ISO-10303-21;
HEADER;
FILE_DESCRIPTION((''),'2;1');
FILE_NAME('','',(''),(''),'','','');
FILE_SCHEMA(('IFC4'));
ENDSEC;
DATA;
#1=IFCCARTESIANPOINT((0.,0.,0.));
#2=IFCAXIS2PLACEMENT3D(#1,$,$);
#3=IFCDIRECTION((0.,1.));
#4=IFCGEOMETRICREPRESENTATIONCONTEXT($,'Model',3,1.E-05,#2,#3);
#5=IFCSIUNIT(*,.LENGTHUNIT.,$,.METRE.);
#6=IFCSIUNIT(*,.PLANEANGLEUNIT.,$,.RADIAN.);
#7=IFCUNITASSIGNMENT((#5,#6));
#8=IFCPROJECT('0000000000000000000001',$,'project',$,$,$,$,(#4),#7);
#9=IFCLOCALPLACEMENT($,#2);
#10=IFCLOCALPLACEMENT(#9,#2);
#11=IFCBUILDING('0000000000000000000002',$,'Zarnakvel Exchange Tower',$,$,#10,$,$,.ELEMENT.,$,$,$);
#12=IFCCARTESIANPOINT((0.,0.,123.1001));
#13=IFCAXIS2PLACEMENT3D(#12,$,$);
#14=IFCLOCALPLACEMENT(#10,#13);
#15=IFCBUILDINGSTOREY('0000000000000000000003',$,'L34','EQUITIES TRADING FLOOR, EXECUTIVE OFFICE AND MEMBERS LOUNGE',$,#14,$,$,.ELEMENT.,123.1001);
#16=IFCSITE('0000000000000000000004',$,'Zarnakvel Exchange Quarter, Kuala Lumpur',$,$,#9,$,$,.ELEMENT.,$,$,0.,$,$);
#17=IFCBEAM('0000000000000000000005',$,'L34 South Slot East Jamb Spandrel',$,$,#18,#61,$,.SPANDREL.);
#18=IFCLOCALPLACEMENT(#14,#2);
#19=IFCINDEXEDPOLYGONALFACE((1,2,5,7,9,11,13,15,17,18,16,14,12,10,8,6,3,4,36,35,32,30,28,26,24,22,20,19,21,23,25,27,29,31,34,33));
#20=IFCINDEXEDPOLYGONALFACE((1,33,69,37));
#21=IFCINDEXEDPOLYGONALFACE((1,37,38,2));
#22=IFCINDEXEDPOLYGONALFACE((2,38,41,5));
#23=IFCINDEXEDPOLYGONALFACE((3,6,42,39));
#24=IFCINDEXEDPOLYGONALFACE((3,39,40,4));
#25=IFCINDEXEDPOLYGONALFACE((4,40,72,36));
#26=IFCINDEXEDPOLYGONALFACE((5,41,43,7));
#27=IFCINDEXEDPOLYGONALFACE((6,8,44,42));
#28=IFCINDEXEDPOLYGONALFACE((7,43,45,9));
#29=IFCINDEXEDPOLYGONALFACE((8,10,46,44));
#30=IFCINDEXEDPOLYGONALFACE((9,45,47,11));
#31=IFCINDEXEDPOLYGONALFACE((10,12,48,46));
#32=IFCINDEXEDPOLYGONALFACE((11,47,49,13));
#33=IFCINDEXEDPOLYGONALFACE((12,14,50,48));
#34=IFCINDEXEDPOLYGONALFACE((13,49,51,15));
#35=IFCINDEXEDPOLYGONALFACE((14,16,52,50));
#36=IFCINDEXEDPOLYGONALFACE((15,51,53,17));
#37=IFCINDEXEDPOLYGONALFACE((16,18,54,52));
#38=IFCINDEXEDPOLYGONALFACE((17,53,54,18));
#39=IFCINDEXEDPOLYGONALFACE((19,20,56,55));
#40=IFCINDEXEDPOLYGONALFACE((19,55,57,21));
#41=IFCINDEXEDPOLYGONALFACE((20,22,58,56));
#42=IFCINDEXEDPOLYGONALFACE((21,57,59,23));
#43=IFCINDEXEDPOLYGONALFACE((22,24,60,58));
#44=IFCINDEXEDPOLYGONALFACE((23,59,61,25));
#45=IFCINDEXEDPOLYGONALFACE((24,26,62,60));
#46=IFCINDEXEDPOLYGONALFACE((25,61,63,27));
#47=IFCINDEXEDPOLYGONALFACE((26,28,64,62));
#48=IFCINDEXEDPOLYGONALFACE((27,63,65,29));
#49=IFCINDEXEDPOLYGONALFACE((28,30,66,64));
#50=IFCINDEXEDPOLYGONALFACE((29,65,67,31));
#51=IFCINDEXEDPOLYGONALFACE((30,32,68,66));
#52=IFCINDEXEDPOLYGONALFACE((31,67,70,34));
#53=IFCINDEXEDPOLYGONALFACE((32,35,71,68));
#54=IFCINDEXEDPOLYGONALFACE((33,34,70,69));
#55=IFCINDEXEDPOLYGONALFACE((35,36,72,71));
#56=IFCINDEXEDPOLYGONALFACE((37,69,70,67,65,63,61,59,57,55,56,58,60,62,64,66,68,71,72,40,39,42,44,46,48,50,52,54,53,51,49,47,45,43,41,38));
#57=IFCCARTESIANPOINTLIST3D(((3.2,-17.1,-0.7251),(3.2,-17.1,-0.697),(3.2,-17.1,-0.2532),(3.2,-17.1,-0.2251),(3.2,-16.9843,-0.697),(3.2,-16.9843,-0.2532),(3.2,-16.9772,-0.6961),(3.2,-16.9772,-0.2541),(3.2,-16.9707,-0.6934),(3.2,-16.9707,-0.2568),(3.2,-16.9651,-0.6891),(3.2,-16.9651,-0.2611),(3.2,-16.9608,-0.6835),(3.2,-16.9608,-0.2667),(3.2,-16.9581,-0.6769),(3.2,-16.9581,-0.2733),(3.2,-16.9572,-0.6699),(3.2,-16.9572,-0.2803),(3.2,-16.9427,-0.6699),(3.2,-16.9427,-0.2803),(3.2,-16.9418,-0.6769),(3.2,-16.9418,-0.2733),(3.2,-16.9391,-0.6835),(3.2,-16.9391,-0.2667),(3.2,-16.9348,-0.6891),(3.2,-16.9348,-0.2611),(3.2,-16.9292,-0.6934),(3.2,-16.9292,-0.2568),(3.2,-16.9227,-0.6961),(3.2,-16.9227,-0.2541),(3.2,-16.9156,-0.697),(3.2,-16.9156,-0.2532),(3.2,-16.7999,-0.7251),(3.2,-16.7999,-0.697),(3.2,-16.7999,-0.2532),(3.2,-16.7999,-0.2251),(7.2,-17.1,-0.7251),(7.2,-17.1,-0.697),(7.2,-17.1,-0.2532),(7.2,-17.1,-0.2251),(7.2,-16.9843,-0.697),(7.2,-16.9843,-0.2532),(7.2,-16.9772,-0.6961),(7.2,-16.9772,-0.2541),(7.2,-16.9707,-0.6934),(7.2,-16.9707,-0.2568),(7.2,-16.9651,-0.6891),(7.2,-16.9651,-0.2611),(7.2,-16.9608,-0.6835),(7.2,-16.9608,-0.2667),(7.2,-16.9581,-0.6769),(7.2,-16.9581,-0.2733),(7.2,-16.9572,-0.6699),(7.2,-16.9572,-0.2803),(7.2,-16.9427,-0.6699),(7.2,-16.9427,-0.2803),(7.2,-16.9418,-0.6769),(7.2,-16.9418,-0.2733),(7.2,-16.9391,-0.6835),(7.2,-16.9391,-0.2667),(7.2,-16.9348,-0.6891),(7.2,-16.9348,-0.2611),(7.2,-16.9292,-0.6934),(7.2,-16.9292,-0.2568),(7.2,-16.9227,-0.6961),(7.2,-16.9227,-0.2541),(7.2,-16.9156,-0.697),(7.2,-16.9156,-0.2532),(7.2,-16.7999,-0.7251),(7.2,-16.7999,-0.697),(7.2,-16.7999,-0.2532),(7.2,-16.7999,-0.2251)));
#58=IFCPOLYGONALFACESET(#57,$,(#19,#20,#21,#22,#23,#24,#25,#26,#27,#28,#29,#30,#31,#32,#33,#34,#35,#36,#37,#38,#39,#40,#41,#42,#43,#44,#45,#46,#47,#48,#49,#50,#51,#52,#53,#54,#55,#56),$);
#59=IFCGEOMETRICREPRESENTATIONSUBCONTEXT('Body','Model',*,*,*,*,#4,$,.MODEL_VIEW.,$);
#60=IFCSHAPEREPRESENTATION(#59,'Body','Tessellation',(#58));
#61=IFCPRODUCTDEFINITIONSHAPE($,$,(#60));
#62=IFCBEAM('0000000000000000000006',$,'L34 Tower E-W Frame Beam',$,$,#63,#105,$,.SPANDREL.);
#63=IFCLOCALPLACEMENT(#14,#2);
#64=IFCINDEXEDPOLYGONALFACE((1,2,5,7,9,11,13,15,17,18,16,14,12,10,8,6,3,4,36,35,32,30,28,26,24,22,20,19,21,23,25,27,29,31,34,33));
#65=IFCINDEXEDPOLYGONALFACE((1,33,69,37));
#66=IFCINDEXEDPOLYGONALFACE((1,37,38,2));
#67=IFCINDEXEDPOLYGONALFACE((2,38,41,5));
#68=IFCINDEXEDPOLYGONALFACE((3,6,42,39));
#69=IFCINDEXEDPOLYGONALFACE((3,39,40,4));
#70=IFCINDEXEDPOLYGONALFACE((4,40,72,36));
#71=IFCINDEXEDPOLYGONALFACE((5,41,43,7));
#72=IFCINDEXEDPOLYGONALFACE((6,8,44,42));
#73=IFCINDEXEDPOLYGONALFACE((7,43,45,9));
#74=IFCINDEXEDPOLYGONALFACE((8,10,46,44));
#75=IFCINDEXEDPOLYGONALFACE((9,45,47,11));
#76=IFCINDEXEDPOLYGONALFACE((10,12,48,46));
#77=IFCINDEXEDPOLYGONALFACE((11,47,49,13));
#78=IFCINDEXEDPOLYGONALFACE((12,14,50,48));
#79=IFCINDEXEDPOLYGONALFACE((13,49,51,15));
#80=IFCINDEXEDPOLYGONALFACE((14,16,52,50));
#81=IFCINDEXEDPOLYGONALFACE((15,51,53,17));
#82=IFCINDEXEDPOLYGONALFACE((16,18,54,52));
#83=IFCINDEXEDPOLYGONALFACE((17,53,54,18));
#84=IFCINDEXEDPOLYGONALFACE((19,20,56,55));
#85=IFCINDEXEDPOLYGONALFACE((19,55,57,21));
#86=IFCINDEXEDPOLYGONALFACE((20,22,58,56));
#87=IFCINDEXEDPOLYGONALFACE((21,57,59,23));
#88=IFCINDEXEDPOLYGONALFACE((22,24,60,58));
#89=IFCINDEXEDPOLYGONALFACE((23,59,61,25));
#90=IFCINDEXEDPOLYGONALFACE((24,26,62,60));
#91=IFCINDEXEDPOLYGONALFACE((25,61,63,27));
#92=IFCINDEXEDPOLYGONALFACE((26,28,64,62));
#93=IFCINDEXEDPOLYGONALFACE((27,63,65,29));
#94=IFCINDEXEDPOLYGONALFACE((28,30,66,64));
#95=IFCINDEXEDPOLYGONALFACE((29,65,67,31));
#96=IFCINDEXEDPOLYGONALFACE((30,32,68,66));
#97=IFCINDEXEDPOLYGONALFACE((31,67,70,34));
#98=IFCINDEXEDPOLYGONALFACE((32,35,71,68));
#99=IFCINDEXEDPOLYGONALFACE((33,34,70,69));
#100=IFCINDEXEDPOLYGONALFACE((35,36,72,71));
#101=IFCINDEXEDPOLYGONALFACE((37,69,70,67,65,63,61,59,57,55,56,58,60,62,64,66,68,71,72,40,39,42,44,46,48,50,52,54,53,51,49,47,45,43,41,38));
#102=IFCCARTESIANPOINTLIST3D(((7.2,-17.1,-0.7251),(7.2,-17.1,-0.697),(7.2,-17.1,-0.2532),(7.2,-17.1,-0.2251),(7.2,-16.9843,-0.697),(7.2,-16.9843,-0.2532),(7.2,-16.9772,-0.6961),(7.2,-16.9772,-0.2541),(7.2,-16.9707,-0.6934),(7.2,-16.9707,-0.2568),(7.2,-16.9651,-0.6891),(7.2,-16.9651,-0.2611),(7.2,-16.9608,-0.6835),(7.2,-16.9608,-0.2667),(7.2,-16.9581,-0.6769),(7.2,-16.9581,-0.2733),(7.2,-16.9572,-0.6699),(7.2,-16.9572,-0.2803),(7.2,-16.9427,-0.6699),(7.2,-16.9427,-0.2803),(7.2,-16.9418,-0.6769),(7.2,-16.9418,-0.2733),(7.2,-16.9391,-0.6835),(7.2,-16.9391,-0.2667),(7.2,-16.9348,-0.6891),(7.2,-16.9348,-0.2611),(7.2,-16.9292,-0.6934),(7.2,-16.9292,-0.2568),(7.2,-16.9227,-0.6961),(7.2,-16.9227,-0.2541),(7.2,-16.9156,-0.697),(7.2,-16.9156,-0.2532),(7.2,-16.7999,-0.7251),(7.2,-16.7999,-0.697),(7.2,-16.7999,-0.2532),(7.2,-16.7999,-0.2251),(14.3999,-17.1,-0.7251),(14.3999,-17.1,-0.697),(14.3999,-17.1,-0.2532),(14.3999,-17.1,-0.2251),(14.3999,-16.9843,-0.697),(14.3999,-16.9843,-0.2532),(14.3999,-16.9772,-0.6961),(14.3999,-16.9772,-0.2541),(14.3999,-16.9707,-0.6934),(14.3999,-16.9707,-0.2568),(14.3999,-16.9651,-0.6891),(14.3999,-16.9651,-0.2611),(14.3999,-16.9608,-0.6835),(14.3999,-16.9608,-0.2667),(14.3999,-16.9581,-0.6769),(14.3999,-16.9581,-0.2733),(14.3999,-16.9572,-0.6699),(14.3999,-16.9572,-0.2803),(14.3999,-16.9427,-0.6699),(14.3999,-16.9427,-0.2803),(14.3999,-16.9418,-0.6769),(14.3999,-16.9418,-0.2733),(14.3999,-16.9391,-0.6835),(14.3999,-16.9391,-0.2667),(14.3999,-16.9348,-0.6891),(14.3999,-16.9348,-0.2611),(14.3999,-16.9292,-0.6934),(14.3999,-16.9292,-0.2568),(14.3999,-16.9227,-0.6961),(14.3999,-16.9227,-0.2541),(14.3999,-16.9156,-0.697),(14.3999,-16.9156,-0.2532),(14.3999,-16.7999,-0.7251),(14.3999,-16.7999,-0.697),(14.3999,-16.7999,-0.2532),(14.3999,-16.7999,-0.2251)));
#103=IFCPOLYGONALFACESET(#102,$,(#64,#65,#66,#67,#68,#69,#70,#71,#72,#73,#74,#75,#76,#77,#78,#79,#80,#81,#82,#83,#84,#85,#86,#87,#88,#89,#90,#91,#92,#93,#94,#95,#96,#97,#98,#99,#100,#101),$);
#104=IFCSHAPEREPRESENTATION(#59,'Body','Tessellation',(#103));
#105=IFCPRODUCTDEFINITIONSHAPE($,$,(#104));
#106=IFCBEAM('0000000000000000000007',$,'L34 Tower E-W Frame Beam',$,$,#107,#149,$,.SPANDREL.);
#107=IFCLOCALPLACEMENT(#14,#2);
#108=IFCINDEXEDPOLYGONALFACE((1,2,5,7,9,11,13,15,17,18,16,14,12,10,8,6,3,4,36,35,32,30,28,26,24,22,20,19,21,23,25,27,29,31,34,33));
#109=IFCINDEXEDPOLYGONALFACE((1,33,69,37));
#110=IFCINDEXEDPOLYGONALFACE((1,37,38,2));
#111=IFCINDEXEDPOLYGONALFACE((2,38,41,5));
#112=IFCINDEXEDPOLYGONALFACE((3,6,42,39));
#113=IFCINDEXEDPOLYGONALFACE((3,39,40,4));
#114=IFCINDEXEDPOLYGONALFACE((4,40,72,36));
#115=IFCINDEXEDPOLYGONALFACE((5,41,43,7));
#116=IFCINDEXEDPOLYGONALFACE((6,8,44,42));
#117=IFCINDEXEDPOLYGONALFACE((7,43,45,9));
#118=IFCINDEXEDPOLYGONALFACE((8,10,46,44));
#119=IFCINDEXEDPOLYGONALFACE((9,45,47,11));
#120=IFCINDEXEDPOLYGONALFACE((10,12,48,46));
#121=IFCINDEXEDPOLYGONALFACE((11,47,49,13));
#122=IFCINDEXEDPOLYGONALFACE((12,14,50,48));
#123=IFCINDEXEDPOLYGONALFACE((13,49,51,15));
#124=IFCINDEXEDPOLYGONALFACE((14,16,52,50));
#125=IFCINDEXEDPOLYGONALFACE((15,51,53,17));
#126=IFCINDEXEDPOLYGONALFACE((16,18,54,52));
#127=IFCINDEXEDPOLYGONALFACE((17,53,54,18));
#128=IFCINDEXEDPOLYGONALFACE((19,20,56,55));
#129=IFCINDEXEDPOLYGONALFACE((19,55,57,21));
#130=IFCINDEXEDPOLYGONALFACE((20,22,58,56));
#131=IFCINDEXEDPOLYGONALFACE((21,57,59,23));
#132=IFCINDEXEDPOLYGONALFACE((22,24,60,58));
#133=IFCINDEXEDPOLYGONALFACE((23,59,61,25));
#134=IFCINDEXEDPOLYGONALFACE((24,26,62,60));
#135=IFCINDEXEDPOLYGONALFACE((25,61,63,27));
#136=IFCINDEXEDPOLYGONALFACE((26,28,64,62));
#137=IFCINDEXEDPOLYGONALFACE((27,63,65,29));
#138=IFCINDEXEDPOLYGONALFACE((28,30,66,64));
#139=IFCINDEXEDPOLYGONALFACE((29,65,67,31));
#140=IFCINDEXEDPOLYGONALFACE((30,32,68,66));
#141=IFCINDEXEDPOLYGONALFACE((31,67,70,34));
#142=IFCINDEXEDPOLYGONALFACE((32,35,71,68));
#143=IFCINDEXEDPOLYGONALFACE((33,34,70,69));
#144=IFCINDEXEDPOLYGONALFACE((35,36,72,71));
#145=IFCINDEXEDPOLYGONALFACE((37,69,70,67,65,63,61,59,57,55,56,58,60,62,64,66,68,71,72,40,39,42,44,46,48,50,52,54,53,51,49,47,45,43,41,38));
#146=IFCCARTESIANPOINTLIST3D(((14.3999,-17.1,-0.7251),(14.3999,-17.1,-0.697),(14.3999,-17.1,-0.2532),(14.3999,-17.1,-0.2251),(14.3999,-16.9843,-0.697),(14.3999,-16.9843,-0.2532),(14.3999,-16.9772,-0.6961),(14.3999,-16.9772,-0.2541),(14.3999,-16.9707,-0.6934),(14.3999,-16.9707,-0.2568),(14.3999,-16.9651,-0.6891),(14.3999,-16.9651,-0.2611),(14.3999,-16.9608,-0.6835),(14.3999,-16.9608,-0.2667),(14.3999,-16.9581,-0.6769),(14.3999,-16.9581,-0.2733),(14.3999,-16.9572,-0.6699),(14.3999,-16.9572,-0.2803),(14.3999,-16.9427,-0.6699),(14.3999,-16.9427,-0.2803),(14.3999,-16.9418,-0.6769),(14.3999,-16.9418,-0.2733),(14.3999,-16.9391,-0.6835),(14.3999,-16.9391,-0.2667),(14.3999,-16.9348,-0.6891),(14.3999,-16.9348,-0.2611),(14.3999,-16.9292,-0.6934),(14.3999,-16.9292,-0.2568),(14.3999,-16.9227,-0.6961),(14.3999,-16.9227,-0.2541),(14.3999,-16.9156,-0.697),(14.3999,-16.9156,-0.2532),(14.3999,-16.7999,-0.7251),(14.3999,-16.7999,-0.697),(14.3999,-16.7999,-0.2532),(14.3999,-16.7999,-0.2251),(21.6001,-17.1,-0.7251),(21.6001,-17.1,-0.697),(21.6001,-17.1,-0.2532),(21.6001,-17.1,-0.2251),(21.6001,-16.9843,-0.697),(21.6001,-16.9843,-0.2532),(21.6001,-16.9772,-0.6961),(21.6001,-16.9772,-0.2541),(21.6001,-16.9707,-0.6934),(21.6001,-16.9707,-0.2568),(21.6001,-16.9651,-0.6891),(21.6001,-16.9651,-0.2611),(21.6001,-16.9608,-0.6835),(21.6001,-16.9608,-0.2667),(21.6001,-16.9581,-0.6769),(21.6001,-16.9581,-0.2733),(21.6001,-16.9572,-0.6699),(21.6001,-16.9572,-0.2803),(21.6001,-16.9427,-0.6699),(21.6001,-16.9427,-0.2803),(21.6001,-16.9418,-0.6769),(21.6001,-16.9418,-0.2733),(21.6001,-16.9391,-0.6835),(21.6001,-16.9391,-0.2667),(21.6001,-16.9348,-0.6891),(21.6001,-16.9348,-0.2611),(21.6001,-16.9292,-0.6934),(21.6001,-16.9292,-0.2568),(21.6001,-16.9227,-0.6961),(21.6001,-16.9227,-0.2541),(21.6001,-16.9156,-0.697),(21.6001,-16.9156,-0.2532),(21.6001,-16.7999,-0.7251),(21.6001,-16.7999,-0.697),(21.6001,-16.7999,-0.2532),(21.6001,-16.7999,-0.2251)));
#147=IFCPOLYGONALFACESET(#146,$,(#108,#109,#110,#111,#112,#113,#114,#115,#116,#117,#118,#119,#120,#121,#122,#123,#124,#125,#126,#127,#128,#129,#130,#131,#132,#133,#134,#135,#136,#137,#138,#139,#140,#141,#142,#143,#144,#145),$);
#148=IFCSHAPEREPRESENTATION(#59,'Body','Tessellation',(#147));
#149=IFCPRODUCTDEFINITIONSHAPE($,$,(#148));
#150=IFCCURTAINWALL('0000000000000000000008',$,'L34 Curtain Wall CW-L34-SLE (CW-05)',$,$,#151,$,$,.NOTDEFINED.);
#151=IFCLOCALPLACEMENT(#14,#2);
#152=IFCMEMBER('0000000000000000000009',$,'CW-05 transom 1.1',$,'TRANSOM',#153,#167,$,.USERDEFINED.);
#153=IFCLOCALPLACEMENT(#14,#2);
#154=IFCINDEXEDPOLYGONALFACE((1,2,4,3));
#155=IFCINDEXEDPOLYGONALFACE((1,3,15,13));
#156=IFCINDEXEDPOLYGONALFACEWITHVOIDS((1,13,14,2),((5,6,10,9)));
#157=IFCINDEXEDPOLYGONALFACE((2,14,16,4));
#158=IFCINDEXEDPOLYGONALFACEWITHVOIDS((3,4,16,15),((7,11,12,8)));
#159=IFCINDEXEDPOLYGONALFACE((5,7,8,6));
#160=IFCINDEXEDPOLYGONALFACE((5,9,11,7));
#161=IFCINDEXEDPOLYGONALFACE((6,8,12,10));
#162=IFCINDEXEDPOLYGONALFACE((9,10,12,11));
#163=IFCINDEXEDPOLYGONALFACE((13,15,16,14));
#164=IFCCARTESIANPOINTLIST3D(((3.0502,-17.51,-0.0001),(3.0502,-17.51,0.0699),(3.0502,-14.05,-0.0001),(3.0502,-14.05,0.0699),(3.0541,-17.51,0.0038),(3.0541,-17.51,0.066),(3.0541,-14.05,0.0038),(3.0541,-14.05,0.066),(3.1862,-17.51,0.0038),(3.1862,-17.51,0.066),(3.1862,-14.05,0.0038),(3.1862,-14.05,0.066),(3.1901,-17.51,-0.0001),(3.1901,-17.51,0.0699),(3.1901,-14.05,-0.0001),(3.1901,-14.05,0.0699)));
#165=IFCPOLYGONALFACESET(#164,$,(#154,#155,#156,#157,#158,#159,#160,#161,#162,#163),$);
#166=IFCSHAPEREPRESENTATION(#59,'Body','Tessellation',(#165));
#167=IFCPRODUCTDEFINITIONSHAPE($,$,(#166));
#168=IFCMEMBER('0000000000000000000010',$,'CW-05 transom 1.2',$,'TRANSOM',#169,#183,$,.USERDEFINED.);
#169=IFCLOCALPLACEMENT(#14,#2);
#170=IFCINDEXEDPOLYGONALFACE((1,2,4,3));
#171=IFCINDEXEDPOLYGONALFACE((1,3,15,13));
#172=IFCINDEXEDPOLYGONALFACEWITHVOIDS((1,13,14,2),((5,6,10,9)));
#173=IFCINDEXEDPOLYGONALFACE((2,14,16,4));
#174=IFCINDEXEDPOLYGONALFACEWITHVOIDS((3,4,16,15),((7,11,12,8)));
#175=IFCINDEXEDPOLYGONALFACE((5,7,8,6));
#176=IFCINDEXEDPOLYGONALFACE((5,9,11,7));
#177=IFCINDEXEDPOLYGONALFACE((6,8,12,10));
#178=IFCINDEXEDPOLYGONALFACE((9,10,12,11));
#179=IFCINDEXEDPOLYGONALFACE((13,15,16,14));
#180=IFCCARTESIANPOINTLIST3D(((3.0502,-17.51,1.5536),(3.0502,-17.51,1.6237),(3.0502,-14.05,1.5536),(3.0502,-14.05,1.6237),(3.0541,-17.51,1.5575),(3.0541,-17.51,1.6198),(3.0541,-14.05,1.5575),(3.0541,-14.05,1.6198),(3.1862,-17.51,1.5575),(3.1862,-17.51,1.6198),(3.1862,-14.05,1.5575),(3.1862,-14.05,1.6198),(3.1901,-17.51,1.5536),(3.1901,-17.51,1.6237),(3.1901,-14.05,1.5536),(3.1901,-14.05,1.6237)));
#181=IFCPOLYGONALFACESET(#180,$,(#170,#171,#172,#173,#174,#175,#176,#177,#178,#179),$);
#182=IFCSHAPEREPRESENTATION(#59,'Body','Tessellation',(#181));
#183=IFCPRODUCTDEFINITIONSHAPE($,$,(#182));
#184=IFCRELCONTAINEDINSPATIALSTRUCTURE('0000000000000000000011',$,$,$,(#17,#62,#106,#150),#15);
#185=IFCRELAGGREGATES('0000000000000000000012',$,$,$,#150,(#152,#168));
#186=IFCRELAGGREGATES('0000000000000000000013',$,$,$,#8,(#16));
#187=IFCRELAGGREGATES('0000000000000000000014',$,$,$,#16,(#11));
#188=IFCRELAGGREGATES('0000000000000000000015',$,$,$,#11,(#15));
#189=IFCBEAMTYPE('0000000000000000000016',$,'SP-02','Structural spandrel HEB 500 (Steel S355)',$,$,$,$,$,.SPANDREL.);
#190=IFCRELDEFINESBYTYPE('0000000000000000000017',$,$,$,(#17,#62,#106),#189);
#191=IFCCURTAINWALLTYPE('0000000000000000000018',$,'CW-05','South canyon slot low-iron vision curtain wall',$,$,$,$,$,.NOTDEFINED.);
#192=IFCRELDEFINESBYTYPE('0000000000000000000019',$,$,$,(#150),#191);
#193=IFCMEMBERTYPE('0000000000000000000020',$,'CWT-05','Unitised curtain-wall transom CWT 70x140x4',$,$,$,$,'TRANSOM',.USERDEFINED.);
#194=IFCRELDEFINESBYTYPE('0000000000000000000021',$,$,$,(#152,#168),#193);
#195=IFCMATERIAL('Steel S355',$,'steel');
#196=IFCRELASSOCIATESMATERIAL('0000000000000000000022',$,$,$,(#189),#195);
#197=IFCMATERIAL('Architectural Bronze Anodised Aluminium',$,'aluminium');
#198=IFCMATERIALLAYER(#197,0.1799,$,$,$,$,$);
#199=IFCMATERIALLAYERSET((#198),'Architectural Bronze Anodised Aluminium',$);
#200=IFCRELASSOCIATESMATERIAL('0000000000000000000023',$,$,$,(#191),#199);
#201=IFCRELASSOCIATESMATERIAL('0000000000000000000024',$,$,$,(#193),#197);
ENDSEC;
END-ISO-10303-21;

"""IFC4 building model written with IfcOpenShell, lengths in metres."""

from ifc_helpers import new_model, si_unit, direction, frame, origin, origin_2d, place, context, subcontext, project, spatial, hollow_rectangle, i_section, extrude, source, transform, mapped, material, layer, layer_set, material_profile, profile_set, type_object, element, aggregate, save


model = new_model("IFC4")

# Units and contexts
model_context = context("Model", 3, precision=1e-05, world=origin(), true_north=direction((0.0, 1.0)))
body_context = subcontext(model_context, "Body", "Model", "MODEL_VIEW")
ifc_project = project(units=[si_unit("LENGTHUNIT", "METRE"), si_unit("PLANEANGLEUNIT", "RADIAN")], contexts=[model_context])

# Site, building, storey
site_placement = place(None, origin())
site = spatial("IfcSite", under=ifc_project, at=site_placement, Name="Zarnakvel Exchange Quarter, Kuala Lumpur", CompositionType="ELEMENT", RefElevation=0.0)
building_placement = place(site_placement, origin())
building = spatial("IfcBuilding", under=site, at=building_placement, Name="Zarnakvel Exchange Tower", CompositionType="ELEMENT")
storey_placement = place(building_placement, frame((0.0, 0.0, 123.1001)))
storey = spatial("IfcBuildingStorey", under=building, at=storey_placement, Name="L34", Description="EQUITIES TRADING FLOOR, EXECUTIVE OFFICE AND MEMBERS LOUNGE", CompositionType="ELEMENT", Elevation=123.1001)

# Beams
ifc_material_1 = material(Name="Steel S355", Category="steel")
ifc_material_profile_1 = material_profile(ifc_material_1, i_section(OverallWidth=0.3, OverallDepth=0.5, WebThickness=0.0144, FlangeThickness=0.0281, FilletRadius=0.0271, at=origin_2d()))
ifc_profile_set_1 = profile_set([ifc_material_profile_1], Name="Steel S355")
beam_type_1 = type_object("IfcBeamType", Name="SP-02", Description="Structural spandrel HEB 500 (Steel S355)", PredefinedType="SPANDREL", material=ifc_profile_set_1)
beam_1_placement = place(storey_placement, frame((3.2, -16.95, -0.4751), z_axis=(1.0, 0.0, 0.0), x_axis=(0.0, 1.0, 0.0)))
element("IfcBeam", 1, at=beam_1_placement, inside=storey, type_object=beam_type_1, Name="L34 South Slot East Jamb Spandrel", PredefinedType="SPANDREL", context=body_context, shape_type="SweptSolid", body=[
    extrude(i_section(OverallWidth=0.3, OverallDepth=0.5, WebThickness=0.0144, FlangeThickness=0.0281, FilletRadius=0.0271, at=origin_2d()), origin(), (0.0, 0.0, 1.0), 4.0),
])
beam_2_placement = place(storey_placement, frame((7.2, -16.95, -0.4751), z_axis=(1.0, 0.0, 0.0), x_axis=(0.0, 1.0, 0.0)))
element("IfcBeam", 2, at=beam_2_placement, inside=storey, type_object=beam_type_1, Name="L34 Tower E-W Frame Beam", PredefinedType="SPANDREL", context=body_context, shape_type="SweptSolid", body=[
    extrude(i_section(OverallWidth=0.3, OverallDepth=0.5, WebThickness=0.0144, FlangeThickness=0.0281, FilletRadius=0.0271, at=origin_2d()), origin(), (0.0, 0.0, 1.0), 7.2),
])
beam_3_placement = place(storey_placement, frame((14.3999, -16.95, -0.4751), z_axis=(1.0, 0.0, 0.0), x_axis=(0.0, 1.0, 0.0)))
element("IfcBeam", 3, at=beam_3_placement, inside=storey, type_object=beam_type_1, Name="L34 Tower E-W Frame Beam", PredefinedType="SPANDREL", context=body_context, shape_type="SweptSolid", body=[
    extrude(i_section(OverallWidth=0.3, OverallDepth=0.5, WebThickness=0.0144, FlangeThickness=0.0281, FilletRadius=0.0271, at=origin_2d()), origin(), (0.0, 0.0, 1.0), 7.2002),
])

# Curtain wall, members
ifc_material_2 = material(Name="Architectural Bronze Anodised Aluminium", Category="aluminium")
ifc_layer_1 = layer(ifc_material_2, 0.1799)
ifc_layer_set_1 = layer_set([ifc_layer_1], Name="Architectural Bronze Anodised Aluminium")
curtain_wall_type = type_object("IfcCurtainWallType", Name="CW-05", Description="South canyon slot low-iron vision curtain wall", PredefinedType="NOTDEFINED", material=ifc_layer_set_1)
curtain_wall_1_placement = place(storey_placement, origin())
curtain_wall_1 = element("IfcCurtainWall", 4, at=curtain_wall_1_placement, inside=storey, type_object=curtain_wall_type, Name="L34 Curtain Wall CW-L34-SLE (CW-05)", PredefinedType="NOTDEFINED")
ifc_material_profile_2 = material_profile(ifc_material_2, hollow_rectangle(XDim=0.1399, YDim=0.0701, WallThickness=0.0039, at=origin_2d()))
ifc_profile_set_2 = profile_set([ifc_material_profile_2], Name="Architectural Bronze Anodised Aluminium")
member_type_1 = type_object("IfcMemberType", Name="CWT-05", Description="Unitised curtain-wall transom CWT 70x140x4", ElementType="TRANSOM", PredefinedType="USERDEFINED", material=ifc_profile_set_2)
shared_shape_1 = source(origin(), body_context, "Body", "SweptSolid", [
    extrude(hollow_rectangle(XDim=0.1399, YDim=0.0701, WallThickness=0.0039, at=origin_2d()), origin(), (0.0, 0.0, 1.0), 3.46),
])
member_1_placement = place(storey_placement, frame((3.1201, -14.05, 0.0349), z_axis=(0.0, -1.0, 0.0), x_axis=(1.0, 0.0, 0.0)))
member_1 = element("IfcMember", 5, at=member_1_placement, type_object=member_type_1, Name="CW-05 transom 1.1", ObjectType="TRANSOM", PredefinedType="USERDEFINED", context=body_context, shape_type="MappedRepresentation", body=[
    mapped(shared_shape_1, transform((0.0, 0.0, 0.0), x_axis=(1.0, 0.0, 0.0), y_axis=(0.0, 1.0, 0.0), z_axis=(0.0, 0.0, 1.0), scale=1.0)),
])
member_2_placement = place(storey_placement, frame((3.1201, -14.05, 1.5886), z_axis=(0.0, -1.0, 0.0), x_axis=(1.0, 0.0, 0.0)))
member_2 = element("IfcMember", 6, at=member_2_placement, type_object=member_type_1, Name="CW-05 transom 1.2", ObjectType="TRANSOM", PredefinedType="USERDEFINED", context=body_context, shape_type="MappedRepresentation", body=[
    mapped(shared_shape_1, transform((0.0, 0.0, 0.0), x_axis=(1.0, 0.0, 0.0), y_axis=(0.0, 1.0, 0.0), z_axis=(0.0, 0.0, 1.0), scale=1.0)),
])

aggregate(curtain_wall_1, [member_1, member_2])

save(model, "model.ifc")
